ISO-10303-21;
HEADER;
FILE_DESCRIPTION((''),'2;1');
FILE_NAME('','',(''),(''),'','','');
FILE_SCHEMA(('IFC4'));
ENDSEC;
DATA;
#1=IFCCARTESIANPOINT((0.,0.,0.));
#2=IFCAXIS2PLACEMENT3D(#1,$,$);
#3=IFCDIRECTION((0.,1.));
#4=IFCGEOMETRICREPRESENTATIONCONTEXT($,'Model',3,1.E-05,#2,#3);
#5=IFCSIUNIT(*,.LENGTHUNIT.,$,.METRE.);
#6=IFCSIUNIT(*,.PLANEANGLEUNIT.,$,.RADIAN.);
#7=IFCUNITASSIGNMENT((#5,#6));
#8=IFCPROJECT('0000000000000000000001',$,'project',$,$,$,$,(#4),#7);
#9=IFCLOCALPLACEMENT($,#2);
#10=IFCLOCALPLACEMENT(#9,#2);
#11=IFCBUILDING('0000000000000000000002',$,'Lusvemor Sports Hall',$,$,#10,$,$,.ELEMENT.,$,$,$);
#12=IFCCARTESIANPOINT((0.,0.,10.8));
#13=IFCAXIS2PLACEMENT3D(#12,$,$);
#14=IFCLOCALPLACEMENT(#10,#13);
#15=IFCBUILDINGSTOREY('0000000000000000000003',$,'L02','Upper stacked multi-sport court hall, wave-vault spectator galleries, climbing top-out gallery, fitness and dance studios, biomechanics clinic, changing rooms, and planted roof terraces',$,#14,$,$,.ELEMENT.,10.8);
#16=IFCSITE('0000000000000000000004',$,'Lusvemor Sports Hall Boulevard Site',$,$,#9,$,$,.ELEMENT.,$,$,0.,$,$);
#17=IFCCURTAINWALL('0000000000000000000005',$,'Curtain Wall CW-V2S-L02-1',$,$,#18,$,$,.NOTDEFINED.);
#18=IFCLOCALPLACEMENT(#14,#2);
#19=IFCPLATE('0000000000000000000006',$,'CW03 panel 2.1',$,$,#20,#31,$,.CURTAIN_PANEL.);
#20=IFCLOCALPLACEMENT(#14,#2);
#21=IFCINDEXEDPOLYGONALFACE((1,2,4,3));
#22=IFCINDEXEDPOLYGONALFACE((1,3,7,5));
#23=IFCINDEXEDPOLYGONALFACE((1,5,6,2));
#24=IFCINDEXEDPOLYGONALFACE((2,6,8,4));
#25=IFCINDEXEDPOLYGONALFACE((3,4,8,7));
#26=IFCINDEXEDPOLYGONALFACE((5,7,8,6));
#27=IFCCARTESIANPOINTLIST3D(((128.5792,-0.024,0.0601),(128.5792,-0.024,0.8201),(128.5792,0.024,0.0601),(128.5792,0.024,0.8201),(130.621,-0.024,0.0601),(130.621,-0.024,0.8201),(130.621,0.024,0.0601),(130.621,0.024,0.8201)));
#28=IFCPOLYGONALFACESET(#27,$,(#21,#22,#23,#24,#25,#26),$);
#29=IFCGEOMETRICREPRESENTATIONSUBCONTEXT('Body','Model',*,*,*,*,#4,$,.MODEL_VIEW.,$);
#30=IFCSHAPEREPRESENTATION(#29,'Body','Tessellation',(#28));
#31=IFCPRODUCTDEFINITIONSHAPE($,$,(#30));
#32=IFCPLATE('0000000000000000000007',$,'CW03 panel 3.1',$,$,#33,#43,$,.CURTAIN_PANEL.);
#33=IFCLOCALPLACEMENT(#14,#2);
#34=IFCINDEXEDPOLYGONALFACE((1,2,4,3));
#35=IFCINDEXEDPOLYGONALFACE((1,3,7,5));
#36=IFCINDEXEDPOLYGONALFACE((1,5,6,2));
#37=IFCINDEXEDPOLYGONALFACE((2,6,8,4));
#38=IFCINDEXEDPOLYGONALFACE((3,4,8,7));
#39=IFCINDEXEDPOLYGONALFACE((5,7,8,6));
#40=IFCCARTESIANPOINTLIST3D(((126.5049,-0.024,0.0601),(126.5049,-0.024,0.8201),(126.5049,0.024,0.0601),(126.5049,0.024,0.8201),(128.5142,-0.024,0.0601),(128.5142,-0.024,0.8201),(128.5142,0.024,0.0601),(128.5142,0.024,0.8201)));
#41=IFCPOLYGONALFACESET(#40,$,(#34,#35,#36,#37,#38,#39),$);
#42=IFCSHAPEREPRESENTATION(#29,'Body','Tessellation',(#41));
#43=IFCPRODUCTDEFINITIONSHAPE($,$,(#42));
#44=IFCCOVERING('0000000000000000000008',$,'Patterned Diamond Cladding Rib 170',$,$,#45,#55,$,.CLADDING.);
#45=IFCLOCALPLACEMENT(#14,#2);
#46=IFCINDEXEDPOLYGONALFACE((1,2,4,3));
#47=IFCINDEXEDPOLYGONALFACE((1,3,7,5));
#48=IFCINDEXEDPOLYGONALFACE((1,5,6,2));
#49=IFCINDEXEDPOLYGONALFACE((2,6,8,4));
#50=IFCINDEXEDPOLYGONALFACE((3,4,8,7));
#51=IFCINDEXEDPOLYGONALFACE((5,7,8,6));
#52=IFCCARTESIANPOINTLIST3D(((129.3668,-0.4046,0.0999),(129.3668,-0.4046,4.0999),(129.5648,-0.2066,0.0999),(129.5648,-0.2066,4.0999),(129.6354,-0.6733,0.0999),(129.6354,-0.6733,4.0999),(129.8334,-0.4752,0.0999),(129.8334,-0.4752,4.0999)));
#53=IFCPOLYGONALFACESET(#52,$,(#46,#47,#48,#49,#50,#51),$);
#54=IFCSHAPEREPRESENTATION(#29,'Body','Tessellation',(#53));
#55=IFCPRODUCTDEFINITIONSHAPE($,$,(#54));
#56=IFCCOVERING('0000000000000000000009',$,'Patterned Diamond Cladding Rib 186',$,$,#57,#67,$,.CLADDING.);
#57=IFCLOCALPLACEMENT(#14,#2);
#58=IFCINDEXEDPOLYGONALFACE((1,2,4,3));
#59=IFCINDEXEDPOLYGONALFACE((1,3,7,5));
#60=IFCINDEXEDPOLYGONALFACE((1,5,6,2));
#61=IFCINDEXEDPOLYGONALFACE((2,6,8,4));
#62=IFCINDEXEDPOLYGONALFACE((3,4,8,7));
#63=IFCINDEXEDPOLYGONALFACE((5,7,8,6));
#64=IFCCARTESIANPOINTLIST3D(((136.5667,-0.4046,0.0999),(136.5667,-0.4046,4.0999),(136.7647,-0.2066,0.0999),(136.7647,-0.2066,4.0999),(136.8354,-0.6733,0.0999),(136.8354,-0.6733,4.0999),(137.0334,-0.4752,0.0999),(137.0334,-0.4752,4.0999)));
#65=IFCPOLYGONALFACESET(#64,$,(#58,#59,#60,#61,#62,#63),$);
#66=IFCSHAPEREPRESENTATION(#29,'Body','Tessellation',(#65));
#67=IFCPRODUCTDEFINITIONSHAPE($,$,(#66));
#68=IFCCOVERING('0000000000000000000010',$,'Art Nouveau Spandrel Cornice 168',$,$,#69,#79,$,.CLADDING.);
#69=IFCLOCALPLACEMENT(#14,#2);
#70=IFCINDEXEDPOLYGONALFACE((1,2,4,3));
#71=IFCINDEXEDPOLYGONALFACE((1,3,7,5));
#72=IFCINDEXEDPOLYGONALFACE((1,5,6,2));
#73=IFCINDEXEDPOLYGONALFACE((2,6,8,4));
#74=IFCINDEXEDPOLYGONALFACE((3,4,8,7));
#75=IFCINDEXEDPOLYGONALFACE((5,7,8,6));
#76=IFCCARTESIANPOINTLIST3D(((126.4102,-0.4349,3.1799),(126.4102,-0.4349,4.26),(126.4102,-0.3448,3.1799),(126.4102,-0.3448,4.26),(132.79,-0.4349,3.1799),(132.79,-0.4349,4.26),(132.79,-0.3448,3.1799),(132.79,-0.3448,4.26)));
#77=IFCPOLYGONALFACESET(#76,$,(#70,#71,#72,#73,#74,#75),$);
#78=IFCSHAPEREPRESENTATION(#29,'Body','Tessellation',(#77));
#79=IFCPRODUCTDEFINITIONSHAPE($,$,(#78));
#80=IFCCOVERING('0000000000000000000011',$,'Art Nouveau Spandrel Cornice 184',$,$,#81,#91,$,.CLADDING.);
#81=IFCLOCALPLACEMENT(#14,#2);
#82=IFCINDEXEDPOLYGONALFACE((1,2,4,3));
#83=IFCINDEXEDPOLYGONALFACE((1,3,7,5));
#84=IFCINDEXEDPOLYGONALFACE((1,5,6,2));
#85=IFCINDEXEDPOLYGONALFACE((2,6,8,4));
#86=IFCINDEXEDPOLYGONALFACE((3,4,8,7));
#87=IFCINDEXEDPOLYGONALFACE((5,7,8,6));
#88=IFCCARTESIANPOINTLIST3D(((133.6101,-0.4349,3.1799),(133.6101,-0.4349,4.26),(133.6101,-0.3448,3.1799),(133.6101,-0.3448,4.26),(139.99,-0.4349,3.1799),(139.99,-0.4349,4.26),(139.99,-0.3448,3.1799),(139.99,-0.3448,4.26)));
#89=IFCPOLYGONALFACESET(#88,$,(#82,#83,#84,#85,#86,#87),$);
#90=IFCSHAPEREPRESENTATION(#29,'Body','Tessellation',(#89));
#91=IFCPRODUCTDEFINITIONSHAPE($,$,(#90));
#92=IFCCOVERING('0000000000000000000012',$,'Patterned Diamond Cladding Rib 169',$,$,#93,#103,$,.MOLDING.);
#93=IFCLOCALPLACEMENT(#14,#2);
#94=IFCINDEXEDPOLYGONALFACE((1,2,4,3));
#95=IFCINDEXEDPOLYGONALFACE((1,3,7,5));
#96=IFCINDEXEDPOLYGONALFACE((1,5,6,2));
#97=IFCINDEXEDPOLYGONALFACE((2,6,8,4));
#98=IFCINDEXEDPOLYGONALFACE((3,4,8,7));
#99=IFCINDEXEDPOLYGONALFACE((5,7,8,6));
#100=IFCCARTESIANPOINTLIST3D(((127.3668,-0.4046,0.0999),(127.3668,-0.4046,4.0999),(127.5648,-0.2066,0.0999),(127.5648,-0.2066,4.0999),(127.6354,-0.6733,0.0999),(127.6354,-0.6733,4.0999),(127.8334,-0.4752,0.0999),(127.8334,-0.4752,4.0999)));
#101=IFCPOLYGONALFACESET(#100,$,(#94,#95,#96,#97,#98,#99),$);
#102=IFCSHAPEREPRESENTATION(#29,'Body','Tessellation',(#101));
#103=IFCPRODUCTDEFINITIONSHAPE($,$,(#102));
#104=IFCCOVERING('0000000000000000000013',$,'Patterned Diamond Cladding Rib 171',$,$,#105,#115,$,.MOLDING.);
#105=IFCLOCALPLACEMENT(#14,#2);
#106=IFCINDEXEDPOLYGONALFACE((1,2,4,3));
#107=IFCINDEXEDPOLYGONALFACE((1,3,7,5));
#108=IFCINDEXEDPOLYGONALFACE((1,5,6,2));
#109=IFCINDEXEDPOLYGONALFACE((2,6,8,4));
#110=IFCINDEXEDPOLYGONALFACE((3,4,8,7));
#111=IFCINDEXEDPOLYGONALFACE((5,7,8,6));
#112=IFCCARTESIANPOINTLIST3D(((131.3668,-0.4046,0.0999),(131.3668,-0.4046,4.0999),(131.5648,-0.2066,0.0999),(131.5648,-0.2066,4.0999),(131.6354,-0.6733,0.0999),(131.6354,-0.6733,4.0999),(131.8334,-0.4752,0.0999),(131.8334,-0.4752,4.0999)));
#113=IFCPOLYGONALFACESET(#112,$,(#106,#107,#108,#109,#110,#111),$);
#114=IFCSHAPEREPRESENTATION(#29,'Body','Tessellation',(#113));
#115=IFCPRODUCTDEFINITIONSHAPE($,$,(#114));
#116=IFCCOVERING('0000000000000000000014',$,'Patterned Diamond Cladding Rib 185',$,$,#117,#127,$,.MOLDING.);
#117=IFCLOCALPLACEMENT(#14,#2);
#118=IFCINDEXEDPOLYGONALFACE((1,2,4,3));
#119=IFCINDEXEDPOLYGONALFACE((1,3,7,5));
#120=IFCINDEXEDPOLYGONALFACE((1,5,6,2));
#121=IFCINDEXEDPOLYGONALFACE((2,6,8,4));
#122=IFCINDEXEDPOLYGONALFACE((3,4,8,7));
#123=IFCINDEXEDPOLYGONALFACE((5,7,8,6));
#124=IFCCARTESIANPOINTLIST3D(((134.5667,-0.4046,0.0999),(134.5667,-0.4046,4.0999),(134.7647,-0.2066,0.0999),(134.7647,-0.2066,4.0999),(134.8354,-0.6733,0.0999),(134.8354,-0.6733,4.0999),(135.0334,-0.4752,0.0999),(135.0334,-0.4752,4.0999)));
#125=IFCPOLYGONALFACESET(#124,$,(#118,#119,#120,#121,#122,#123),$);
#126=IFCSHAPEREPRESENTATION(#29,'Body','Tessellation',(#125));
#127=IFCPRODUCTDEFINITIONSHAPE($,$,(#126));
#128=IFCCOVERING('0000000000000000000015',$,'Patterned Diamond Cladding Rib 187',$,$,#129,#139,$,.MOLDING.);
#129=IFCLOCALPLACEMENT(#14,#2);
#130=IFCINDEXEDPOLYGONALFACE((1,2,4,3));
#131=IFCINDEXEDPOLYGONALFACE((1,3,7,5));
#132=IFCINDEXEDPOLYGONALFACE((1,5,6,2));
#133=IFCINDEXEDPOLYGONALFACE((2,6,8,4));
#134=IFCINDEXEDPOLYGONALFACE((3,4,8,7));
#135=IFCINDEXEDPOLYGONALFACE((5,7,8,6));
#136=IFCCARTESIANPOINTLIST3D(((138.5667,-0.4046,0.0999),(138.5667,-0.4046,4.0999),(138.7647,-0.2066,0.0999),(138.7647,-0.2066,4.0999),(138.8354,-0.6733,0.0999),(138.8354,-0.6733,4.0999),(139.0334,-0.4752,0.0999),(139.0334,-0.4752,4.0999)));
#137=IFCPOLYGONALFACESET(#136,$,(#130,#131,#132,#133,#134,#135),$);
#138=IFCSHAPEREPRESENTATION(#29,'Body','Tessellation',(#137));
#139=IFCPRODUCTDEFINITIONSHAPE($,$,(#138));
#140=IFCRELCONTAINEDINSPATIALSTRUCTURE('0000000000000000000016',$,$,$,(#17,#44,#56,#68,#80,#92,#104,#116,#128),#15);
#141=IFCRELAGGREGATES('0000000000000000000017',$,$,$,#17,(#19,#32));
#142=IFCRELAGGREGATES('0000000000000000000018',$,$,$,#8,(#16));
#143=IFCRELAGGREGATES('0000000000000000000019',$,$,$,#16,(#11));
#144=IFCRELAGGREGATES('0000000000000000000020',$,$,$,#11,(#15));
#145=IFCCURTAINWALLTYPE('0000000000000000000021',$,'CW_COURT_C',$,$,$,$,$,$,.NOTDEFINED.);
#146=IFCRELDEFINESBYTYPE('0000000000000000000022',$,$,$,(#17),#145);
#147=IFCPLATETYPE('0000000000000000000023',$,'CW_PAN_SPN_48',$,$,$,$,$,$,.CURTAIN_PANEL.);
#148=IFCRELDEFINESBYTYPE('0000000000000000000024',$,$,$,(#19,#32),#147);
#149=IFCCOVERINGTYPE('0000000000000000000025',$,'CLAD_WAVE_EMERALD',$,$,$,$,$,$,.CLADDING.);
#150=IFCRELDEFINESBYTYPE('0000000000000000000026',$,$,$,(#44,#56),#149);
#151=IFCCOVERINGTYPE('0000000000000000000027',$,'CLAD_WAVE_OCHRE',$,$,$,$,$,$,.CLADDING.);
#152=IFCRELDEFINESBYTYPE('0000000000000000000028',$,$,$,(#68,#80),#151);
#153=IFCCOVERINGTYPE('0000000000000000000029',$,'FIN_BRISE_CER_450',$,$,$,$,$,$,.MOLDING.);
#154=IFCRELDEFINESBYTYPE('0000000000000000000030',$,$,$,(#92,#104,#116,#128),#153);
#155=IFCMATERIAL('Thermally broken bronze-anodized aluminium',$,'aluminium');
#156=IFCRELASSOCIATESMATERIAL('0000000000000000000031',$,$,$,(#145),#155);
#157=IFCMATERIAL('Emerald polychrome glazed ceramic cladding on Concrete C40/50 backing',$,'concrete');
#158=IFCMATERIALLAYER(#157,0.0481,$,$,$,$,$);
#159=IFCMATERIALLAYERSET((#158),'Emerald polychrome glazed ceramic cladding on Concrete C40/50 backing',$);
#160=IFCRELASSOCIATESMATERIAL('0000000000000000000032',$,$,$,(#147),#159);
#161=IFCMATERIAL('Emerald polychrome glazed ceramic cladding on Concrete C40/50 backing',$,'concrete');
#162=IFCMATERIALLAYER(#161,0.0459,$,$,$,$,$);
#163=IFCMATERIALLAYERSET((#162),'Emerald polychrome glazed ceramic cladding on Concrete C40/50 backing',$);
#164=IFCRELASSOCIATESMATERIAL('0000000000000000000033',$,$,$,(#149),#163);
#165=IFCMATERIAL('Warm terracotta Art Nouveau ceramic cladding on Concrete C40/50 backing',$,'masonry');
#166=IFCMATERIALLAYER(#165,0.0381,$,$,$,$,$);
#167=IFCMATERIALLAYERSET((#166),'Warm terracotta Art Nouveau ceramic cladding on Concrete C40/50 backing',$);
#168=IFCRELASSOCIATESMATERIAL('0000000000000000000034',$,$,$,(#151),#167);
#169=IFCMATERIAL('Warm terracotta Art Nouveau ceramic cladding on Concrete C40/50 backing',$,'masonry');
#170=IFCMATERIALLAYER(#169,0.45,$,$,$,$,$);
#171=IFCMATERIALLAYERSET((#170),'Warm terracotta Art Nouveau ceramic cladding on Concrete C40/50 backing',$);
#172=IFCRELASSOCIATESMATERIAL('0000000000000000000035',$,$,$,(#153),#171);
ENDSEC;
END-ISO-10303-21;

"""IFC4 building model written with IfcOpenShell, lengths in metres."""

from ifc_helpers import new_model, si_unit, direction, frame, origin, origin_2d, place, context, subcontext, project, spatial, rectangle, extrude, material, layer, layer_set, type_object, element, aggregate, save


model = new_model("IFC4")

# Units and contexts
model_context = context("Model", 3, precision=1e-05, world=origin(), true_north=direction((0.0, 1.0)))
body_context = subcontext(model_context, "Body", "Model", "MODEL_VIEW")
ifc_project = project(units=[si_unit("LENGTHUNIT", "METRE"), si_unit("PLANEANGLEUNIT", "RADIAN")], contexts=[model_context])

# Site, building, storey
site_placement = place(None, origin())
site = spatial("IfcSite", under=ifc_project, at=site_placement, Name="Lusvemor Sports Hall Boulevard Site", CompositionType="ELEMENT", RefElevation=0.0)
building_placement = place(site_placement, origin())
building = spatial("IfcBuilding", under=site, at=building_placement, Name="Lusvemor Sports Hall", CompositionType="ELEMENT")
storey_placement = place(building_placement, frame((0.0, 0.0, 10.8)))
storey = spatial("IfcBuildingStorey", under=building, at=storey_placement, Name="L02", Description="Upper stacked multi-sport court hall, wave-vault spectator galleries, climbing top-out gallery, fitness and dance studios, biomechanics clinic, changing rooms, and planted roof terraces", CompositionType="ELEMENT", Elevation=10.8)

# Curtain wall, plates
ifc_material_1 = material(Name="Thermally broken bronze-anodized aluminium", Category="aluminium")
curtain_wall_type = type_object("IfcCurtainWallType", Name="CW_COURT_C", PredefinedType="NOTDEFINED", material=ifc_material_1)
curtain_wall_placement = place(storey_placement, origin())
curtain_wall = element("IfcCurtainWall", 1, at=curtain_wall_placement, inside=storey, type_object=curtain_wall_type, Name="Curtain Wall CW-V2S-L02-1", PredefinedType="NOTDEFINED")
ifc_material_2 = material(Name="Emerald polychrome glazed ceramic cladding on Concrete C40/50 backing", Category="concrete")
ifc_layer_1 = layer(ifc_material_2, 0.0481)
ifc_layer_set_1 = layer_set([ifc_layer_1], Name="Emerald polychrome glazed ceramic cladding on Concrete C40/50 backing")
plate_type_1 = type_object("IfcPlateType", Name="CW_PAN_SPN_48", PredefinedType="CURTAIN_PANEL", material=ifc_layer_set_1)
plate_1_placement = place(storey_placement, frame((129.6001, 0.0, 0.0601), z_axis=(0.0, 0.0, 1.0), x_axis=(-1.0, 0.0, 0.0)))
plate_1 = element("IfcPlate", 2, at=plate_1_placement, type_object=plate_type_1, Name="CW03 panel 2.1", PredefinedType="CURTAIN_PANEL", context=body_context, shape_type="SweptSolid", body=[
    extrude(rectangle(XDim=2.0417, YDim=0.0481, at=origin_2d()), origin(), (0.0, 0.0, 1.0), 0.76),
])
plate_2_placement = place(storey_placement, frame((127.5095, 0.0, 0.0601), z_axis=(0.0, 0.0, 1.0), x_axis=(-1.0, 0.0, 0.0)))
plate_2 = element("IfcPlate", 3, at=plate_2_placement, type_object=plate_type_1, Name="CW03 panel 3.1", PredefinedType="CURTAIN_PANEL", context=body_context, shape_type="SweptSolid", body=[
    extrude(rectangle(XDim=2.0093, YDim=0.0481, at=origin_2d()), origin(), (0.0, 0.0, 1.0), 0.76),
])
aggregate(curtain_wall, [plate_1, plate_2])

# Coverings
ifc_material_3 = material(Name="Emerald polychrome glazed ceramic cladding on Concrete C40/50 backing", Category="concrete")
ifc_layer_2 = layer(ifc_material_3, 0.0459)
ifc_layer_set_2 = layer_set([ifc_layer_2], Name="Emerald polychrome glazed ceramic cladding on Concrete C40/50 backing")
covering_type_1 = type_object("IfcCoveringType", Name="CLAD_WAVE_EMERALD", PredefinedType="CLADDING", material=ifc_layer_set_2)
for number, where, z_axis, x_axis, name in (
    (4, (129.6001, -0.4399, 0.0999), (0.0, 0.0, 1.0), (0.707107, 0.707107, 0.0), "Patterned Diamond Cladding Rib 170"),
    (5, (136.8, -0.4399, 0.0999), (0.0, 0.0, 1.0), (0.707107, 0.707107, 0.0), "Patterned Diamond Cladding Rib 186"),
):
    element("IfcCovering", number, at=place(storey_placement, frame(where, z_axis=z_axis, x_axis=x_axis)), inside=storey, type_object=covering_type_1, Name=name, PredefinedType="CLADDING", context=body_context, shape_type="SweptSolid", body=[
        extrude(rectangle(XDim=0.28, YDim=0.3799, at=origin_2d()), origin(), (0.0, 0.0, 1.0), 4.0),
    ])
ifc_material_4 = material(Name="Warm terracotta Art Nouveau ceramic cladding on Concrete C40/50 backing", Category="masonry")
ifc_layer_3 = layer(ifc_material_4, 0.0381)
ifc_layer_set_3 = layer_set([ifc_layer_3], Name="Warm terracotta Art Nouveau ceramic cladding on Concrete C40/50 backing")
covering_type_2 = type_object("IfcCoveringType", Name="CLAD_WAVE_OCHRE", PredefinedType="CLADDING", material=ifc_layer_set_3)
for number, where, z_axis, x_axis, name in (
    (6, (129.6001, -0.3899, 3.1799), (0.0, 0.0, 1.0), (1.0, 0.0, 0.0), "Art Nouveau Spandrel Cornice 168"),
    (7, (136.8, -0.3899, 3.1799), (0.0, 0.0, 1.0), (1.0, 0.0, 0.0), "Art Nouveau Spandrel Cornice 184"),
):
    element("IfcCovering", number, at=place(storey_placement, frame(where, z_axis=z_axis, x_axis=x_axis)), inside=storey, type_object=covering_type_2, Name=name, PredefinedType="CLADDING", context=body_context, shape_type="SweptSolid", body=[
        extrude(rectangle(XDim=6.3799, YDim=0.0901, at=origin_2d()), origin(), (0.0, 0.0, 1.0), 1.0801),
    ])
ifc_material_5 = material(Name="Warm terracotta Art Nouveau ceramic cladding on Concrete C40/50 backing", Category="masonry")
ifc_layer_4 = layer(ifc_material_5, 0.45)
ifc_layer_set_4 = layer_set([ifc_layer_4], Name="Warm terracotta Art Nouveau ceramic cladding on Concrete C40/50 backing")
covering_type_3 = type_object("IfcCoveringType", Name="FIN_BRISE_CER_450", PredefinedType="MOLDING", material=ifc_layer_set_4)
for number, where, z_axis, x_axis, name in (
    (8, (127.6001, -0.4399, 0.0999), (0.0, 0.0, 1.0), (0.707107, 0.707107, 0.0), "Patterned Diamond Cladding Rib 169"),
    (9, (131.6001, -0.4399, 0.0999), (0.0, 0.0, 1.0), (0.707107, 0.707107, 0.0), "Patterned Diamond Cladding Rib 171"),
    (10, (134.8, -0.4399, 0.0999), (0.0, 0.0, 1.0), (0.707107, 0.707107, 0.0), "Patterned Diamond Cladding Rib 185"),
    (11, (138.8, -0.4399, 0.0999), (0.0, 0.0, 1.0), (0.707107, 0.707107, 0.0), "Patterned Diamond Cladding Rib 187"),
):
    element("IfcCovering", number, at=place(storey_placement, frame(where, z_axis=z_axis, x_axis=x_axis)), inside=storey, type_object=covering_type_3, Name=name, PredefinedType="MOLDING", context=body_context, shape_type="SweptSolid", body=[
        extrude(rectangle(XDim=0.28, YDim=0.3799, at=origin_2d()), origin(), (0.0, 0.0, 1.0), 4.0),
    ])

save(model, "model.ifc")
